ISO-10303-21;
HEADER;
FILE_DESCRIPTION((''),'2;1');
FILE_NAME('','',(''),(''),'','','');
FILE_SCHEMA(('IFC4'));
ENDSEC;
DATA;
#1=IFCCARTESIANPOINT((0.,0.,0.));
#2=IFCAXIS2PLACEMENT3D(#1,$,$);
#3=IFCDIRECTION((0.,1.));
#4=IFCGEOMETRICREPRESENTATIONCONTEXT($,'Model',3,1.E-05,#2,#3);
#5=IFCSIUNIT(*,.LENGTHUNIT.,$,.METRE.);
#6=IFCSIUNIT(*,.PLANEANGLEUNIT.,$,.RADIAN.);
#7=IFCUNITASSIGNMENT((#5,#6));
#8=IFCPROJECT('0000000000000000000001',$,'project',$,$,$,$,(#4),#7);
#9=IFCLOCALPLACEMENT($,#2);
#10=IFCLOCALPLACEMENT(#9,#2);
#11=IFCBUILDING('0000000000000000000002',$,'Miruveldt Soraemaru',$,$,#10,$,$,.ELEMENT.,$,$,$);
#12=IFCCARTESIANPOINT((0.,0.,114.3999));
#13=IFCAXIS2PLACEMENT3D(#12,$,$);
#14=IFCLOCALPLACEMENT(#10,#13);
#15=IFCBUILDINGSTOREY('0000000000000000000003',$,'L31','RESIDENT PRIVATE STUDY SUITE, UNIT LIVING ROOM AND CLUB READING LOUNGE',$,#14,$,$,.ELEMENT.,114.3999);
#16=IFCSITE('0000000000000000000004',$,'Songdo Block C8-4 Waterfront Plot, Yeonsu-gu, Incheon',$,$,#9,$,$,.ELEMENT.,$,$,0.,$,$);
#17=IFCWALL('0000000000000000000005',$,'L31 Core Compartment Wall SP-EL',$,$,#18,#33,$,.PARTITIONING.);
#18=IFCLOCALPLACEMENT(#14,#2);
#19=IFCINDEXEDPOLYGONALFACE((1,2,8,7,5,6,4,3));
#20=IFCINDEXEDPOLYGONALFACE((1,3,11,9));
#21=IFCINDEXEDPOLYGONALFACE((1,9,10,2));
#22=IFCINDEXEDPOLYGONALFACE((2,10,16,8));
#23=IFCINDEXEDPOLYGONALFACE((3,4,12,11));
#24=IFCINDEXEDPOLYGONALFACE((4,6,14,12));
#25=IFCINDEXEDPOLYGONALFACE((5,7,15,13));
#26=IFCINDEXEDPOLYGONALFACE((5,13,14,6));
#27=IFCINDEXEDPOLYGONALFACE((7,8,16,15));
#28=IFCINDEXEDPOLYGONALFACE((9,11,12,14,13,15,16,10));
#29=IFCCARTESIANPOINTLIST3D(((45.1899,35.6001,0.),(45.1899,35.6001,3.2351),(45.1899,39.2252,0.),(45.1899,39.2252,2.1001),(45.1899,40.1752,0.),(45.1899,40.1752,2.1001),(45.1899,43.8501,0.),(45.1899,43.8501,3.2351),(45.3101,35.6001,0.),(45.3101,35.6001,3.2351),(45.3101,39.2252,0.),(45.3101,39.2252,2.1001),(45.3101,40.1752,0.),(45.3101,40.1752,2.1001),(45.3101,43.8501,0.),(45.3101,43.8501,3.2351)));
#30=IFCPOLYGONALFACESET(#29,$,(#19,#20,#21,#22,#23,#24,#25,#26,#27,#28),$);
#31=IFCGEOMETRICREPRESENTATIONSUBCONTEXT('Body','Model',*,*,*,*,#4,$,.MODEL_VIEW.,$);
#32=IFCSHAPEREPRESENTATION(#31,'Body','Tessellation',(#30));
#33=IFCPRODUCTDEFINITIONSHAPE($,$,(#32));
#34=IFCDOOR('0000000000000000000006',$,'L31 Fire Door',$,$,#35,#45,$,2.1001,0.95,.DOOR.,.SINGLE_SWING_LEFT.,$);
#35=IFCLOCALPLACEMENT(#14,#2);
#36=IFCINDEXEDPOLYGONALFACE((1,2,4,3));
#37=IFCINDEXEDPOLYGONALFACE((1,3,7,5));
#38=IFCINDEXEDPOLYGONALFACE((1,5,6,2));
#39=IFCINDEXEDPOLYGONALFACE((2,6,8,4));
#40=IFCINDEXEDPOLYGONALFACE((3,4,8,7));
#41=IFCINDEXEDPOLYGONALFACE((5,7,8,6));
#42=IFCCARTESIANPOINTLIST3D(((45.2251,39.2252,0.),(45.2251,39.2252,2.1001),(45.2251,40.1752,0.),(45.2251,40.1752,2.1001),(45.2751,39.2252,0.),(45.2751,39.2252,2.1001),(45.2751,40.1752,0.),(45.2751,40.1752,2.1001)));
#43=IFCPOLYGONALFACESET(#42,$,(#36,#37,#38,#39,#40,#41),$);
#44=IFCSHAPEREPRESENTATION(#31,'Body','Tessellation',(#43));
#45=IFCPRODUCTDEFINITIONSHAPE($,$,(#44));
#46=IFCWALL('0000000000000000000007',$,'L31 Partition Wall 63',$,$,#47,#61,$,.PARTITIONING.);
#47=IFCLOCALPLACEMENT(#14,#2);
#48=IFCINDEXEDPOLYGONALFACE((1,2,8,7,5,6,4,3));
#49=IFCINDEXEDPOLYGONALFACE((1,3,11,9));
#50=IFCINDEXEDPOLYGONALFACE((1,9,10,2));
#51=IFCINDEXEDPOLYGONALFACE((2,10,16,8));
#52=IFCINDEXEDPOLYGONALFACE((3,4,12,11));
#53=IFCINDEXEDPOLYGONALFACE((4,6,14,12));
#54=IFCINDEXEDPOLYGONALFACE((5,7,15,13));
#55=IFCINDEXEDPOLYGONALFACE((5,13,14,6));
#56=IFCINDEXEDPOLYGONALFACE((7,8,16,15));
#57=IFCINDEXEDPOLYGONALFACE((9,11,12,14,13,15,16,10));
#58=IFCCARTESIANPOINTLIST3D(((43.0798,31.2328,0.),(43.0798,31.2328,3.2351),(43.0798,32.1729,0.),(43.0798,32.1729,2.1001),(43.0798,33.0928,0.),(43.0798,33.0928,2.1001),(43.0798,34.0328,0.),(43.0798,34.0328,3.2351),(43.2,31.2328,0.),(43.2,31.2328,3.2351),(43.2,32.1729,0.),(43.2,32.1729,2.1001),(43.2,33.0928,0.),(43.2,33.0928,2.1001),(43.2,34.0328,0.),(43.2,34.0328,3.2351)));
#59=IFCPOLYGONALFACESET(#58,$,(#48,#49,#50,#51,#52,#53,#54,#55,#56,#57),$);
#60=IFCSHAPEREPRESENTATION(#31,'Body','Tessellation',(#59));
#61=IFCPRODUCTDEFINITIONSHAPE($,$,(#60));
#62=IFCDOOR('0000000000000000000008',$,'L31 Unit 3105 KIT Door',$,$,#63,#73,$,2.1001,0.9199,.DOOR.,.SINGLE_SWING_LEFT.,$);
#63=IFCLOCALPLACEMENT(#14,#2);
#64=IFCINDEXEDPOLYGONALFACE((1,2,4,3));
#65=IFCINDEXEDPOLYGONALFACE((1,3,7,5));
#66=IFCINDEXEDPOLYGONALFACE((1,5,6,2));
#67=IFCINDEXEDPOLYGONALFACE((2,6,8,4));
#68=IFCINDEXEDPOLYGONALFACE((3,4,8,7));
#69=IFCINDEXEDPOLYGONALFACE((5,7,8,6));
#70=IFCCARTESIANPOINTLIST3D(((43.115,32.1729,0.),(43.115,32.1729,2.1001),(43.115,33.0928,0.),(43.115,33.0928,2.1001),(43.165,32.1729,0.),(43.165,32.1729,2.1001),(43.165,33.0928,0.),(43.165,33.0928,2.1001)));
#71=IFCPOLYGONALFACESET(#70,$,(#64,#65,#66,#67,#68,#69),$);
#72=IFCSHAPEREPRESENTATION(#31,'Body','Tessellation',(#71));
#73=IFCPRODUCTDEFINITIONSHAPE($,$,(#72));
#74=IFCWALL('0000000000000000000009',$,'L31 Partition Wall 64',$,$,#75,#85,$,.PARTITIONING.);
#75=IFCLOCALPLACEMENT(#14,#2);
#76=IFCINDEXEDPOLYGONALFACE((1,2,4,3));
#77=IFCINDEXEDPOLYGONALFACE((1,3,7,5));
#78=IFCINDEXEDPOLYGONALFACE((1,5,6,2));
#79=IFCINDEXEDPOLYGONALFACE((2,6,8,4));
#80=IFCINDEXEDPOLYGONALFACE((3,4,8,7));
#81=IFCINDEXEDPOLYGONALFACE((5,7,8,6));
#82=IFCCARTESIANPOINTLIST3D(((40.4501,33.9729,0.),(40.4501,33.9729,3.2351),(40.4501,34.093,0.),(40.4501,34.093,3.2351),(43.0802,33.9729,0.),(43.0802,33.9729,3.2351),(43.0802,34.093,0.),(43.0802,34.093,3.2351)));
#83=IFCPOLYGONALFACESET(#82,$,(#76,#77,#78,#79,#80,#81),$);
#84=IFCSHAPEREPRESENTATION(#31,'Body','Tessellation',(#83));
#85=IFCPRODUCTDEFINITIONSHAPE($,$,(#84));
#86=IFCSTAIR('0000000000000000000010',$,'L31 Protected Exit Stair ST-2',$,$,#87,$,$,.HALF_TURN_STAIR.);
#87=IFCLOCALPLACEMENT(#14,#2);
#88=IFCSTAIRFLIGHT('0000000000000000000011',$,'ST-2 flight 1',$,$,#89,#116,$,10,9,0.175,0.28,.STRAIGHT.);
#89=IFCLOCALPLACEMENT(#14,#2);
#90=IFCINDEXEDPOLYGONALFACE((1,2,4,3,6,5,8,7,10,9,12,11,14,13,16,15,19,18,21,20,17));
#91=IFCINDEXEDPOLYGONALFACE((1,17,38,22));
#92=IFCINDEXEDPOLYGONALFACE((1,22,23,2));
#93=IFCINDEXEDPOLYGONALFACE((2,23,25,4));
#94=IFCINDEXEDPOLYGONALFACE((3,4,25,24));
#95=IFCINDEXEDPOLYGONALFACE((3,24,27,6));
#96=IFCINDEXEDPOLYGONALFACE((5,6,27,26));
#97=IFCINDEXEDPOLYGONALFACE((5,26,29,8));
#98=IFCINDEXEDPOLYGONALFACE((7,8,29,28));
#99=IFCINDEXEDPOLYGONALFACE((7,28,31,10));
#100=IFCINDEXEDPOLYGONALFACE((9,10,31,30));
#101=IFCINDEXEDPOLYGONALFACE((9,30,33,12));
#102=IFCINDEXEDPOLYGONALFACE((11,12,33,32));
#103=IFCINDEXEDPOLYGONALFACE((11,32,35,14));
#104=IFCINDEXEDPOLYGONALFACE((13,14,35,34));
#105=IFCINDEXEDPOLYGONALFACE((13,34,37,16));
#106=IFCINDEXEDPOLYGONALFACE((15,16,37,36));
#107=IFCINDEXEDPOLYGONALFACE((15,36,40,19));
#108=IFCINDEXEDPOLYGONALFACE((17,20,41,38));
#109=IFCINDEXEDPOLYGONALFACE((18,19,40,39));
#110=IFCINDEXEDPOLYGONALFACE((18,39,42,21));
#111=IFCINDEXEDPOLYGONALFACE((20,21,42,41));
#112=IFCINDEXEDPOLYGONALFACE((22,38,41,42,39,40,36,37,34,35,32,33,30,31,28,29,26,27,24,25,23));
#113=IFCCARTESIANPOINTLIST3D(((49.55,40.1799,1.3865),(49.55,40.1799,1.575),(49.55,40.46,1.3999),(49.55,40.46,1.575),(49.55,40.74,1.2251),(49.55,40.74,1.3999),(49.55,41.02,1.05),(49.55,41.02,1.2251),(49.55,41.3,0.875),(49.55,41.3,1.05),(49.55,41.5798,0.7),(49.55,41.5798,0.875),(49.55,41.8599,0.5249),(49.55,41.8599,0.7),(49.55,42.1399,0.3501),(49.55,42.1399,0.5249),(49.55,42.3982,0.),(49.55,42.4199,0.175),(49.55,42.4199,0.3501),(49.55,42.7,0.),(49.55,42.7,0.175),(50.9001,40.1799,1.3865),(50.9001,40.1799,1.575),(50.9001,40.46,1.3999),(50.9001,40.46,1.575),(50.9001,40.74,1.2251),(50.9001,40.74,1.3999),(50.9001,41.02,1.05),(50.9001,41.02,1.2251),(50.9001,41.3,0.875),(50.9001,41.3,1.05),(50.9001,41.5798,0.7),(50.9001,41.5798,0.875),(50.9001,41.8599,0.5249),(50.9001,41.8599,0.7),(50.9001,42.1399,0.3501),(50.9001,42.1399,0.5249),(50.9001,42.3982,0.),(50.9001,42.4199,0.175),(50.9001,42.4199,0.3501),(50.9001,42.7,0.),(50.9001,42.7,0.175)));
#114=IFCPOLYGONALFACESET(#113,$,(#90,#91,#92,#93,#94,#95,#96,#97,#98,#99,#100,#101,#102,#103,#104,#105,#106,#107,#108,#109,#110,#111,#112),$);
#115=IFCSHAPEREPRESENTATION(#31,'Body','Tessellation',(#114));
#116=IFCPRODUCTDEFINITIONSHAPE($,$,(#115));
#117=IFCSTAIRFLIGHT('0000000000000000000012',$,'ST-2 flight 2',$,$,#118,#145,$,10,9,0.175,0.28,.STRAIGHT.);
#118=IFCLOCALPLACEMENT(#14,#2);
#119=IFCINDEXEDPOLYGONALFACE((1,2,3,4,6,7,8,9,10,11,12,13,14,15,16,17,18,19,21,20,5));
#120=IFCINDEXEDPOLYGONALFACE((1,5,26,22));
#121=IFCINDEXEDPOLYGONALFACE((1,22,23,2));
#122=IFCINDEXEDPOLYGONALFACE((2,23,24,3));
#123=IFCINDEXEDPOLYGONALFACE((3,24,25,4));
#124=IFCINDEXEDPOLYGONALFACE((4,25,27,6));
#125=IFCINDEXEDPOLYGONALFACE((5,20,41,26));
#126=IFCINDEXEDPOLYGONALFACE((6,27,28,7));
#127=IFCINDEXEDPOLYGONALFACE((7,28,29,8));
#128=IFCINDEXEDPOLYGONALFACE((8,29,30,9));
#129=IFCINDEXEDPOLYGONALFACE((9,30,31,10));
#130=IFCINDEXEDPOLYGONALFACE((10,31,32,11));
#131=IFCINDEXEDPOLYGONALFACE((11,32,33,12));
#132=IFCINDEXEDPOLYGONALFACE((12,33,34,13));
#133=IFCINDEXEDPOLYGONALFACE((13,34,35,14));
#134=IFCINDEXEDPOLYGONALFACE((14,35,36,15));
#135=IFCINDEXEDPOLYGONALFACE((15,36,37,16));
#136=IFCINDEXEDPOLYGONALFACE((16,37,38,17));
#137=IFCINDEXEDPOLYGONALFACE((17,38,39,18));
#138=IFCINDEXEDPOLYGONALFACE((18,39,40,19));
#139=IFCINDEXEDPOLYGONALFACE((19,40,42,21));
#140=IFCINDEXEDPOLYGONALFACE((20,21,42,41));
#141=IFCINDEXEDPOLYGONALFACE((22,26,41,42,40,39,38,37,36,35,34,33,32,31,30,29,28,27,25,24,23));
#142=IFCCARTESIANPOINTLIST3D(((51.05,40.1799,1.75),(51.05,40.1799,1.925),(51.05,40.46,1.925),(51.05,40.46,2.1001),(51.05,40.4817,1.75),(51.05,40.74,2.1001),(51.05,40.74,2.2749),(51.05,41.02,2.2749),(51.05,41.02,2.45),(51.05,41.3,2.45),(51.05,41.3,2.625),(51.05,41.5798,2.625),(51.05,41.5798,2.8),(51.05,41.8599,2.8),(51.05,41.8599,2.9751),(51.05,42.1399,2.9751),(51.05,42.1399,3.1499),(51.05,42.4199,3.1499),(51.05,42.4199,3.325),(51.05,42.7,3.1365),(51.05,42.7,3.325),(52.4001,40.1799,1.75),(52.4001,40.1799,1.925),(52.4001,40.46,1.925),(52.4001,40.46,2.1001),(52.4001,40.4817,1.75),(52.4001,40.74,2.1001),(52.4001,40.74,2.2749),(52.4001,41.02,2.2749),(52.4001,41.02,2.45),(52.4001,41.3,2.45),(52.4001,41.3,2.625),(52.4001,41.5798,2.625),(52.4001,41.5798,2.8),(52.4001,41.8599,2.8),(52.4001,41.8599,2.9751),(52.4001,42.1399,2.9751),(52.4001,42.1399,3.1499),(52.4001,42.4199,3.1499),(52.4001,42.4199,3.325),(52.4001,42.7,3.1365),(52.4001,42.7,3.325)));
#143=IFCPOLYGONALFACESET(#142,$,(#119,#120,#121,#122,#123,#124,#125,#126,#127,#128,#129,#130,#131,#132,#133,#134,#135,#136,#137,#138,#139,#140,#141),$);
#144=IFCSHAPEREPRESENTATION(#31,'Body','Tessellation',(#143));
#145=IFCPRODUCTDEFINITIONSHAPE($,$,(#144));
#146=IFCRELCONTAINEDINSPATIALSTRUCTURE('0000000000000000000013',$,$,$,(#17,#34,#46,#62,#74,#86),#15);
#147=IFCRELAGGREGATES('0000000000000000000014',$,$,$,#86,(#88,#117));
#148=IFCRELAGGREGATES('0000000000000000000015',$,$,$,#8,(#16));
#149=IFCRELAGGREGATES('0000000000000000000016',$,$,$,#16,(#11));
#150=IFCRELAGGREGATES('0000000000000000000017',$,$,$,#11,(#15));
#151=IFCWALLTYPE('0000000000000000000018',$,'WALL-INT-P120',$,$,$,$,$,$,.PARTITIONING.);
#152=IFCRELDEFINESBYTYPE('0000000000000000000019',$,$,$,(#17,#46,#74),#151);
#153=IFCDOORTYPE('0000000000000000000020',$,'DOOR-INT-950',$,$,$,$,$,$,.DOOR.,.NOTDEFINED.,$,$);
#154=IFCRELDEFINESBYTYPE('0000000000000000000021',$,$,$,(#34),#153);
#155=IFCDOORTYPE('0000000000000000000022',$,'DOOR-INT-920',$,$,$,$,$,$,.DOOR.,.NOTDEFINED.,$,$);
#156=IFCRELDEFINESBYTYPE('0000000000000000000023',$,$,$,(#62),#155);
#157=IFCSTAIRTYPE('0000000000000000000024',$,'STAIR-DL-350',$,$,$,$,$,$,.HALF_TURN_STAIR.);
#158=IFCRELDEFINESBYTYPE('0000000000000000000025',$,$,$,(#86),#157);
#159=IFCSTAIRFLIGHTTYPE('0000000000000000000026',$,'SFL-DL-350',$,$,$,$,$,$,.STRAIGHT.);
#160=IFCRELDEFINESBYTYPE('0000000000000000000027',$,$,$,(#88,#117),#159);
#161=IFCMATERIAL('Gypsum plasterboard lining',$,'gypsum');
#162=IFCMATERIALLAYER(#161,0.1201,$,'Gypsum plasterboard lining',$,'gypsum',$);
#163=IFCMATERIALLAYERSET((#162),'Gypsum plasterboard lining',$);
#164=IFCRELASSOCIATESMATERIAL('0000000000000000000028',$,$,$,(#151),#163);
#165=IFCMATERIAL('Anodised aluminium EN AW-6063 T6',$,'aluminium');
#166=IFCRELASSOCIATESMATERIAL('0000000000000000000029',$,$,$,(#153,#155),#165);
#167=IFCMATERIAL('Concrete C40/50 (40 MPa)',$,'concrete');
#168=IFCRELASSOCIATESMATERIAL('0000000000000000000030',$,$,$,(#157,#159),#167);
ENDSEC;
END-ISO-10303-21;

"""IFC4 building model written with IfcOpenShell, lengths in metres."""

from ifc_helpers import new_model, si_unit, direction, frame, frame_2d, origin, place, context, subcontext, project, spatial, polyline, rectangle, outline, extrude, material, layer, layer_set, type_object, element, fill, aggregate, save


model = new_model("IFC4")

# Units and contexts
model_context = context("Model", 3, precision=1e-05, world=origin(), true_north=direction((0.0, 1.0)))
body_context = subcontext(model_context, "Body", "Model", "MODEL_VIEW")
ifc_project = project(units=[si_unit("LENGTHUNIT", "METRE"), si_unit("PLANEANGLEUNIT", "RADIAN")], contexts=[model_context])

# Site, building, storey
site_placement = place(None, origin())
site = spatial("IfcSite", under=ifc_project, at=site_placement, Name="Songdo Block C8-4 Waterfront Plot, Yeonsu-gu, Incheon", CompositionType="ELEMENT", RefElevation=0.0)
building_placement = place(site_placement, origin())
building = spatial("IfcBuilding", under=site, at=building_placement, Name="Miruveldt Soraemaru", CompositionType="ELEMENT")
storey_placement = place(building_placement, frame((0.0, 0.0, 114.3999)))
storey = spatial("IfcBuildingStorey", under=building, at=storey_placement, Name="L31", Description="RESIDENT PRIVATE STUDY SUITE, UNIT LIVING ROOM AND CLUB READING LOUNGE", CompositionType="ELEMENT", Elevation=114.3999)

# Walls, openings, doors
ifc_material_1 = material(Name="Gypsum plasterboard lining", Category="gypsum")
ifc_layer_1 = layer(ifc_material_1, 0.1201, Name="Gypsum plasterboard lining", Category="gypsum")
ifc_layer_set_1 = layer_set([ifc_layer_1], Name="Gypsum plasterboard lining")
wall_type_1 = type_object("IfcWallType", Name="WALL-INT-P120", PredefinedType="PARTITIONING", material=ifc_layer_set_1)
ifc_material_2 = material(Name="Anodised aluminium EN AW-6063 T6", Category="aluminium")
door_type_1 = type_object("IfcDoorType", Name="DOOR-INT-950", OperationType="NOTDEFINED", PredefinedType="DOOR", material=ifc_material_2)
wall_1_placement = place(storey_placement, frame((45.25, 35.6001, 0.0), z_axis=(0.0, 0.0, 1.0), x_axis=(0.0, 1.0, 0.0)))
wall_1 = element("IfcWall", 1, at=wall_1_placement, inside=storey, type_object=wall_type_1, Name="L31 Core Compartment Wall SP-EL", PredefinedType="PARTITIONING", context=body_context, shape_type="SweptSolid", body=[
    extrude(rectangle(XDim=8.25, YDim=0.1201, at=frame_2d((4.125, 0.0))), origin(), (0.0, 0.0, 1.0), 3.2351),
])
opening_1_placement = place(wall_1_placement, frame((3.625, 0.0, 0.0)))
opening_1 = element("IfcOpeningElement", 2, at=opening_1_placement, cuts=wall_1, PredefinedType="OPENING", context=body_context, shape_type="SweptSolid", body=[
    extrude(rectangle(XDim=0.95, YDim=2.1001, at=frame_2d((0.4751, 1.05))), frame((0.0, 0.0701, 0.0), z_axis=(0.0, -1.0, 0.0), x_axis=(1.0, 0.0, 0.0)), (0.0, 0.0, 1.0), 0.1401),
])
door_1_placement = place(opening_1_placement, origin())
door_1 = element("IfcDoor", 3, at=door_1_placement, inside=storey, type_object=door_type_1, Name="L31 Fire Door", OperationType="SINGLE_SWING_LEFT", OverallHeight=2.1001, OverallWidth=0.95, PredefinedType="DOOR", context=body_context, shape_type="SweptSolid", body=[
    extrude(rectangle(XDim=0.95, YDim=2.1001, at=frame_2d((0.4751, 1.05))), frame((0.0, 0.0249, 0.0), z_axis=(0.0, -1.0, 0.0), x_axis=(1.0, 0.0, 0.0)), (0.0, 0.0, 1.0), 0.05),
])
fill(opening_1, door_1)
wall_2_placement = place(storey_placement, frame((43.1399, 31.2329, 0.0), z_axis=(0.0, 0.0, 1.0), x_axis=(0.0, 1.0, 0.0)))
wall_2 = element("IfcWall", 4, at=wall_2_placement, inside=storey, type_object=wall_type_1, Name="L31 Partition Wall 63", PredefinedType="PARTITIONING", context=body_context, shape_type="SweptSolid", body=[
    extrude(rectangle(XDim=2.8, YDim=0.1201, at=frame_2d((1.3999, 0.0))), origin(), (0.0, 0.0, 1.0), 3.2351),
])
opening_2_placement = place(wall_2_placement, frame((0.9399, 0.0, 0.0)))
opening_2 = element("IfcOpeningElement", 5, at=opening_2_placement, cuts=wall_2, PredefinedType="OPENING", context=body_context, shape_type="SweptSolid", body=[
    extrude(rectangle(XDim=0.9199, YDim=2.1001, at=frame_2d((0.46, 1.05))), frame((0.0, 0.0701, 0.0), z_axis=(0.0, -1.0, 0.0), x_axis=(1.0, 0.0, 0.0)), (0.0, 0.0, 1.0), 0.1401),
])
door_type_2 = type_object("IfcDoorType", Name="DOOR-INT-920", OperationType="NOTDEFINED", PredefinedType="DOOR", material=ifc_material_2)
door_2_placement = place(opening_2_placement, origin())
door_2 = element("IfcDoor", 6, at=door_2_placement, inside=storey, type_object=door_type_2, Name="L31 Unit 3105 KIT Door", OperationType="SINGLE_SWING_LEFT", OverallHeight=2.1001, OverallWidth=0.9199, PredefinedType="DOOR", context=body_context, shape_type="SweptSolid", body=[
    extrude(rectangle(XDim=0.9199, YDim=2.1001, at=frame_2d((0.46, 1.05))), frame((0.0, 0.0249, 0.0), z_axis=(0.0, -1.0, 0.0), x_axis=(1.0, 0.0, 0.0)), (0.0, 0.0, 1.0), 0.05),
])
fill(opening_2, door_2)

# Wall
wall_3_placement = place(storey_placement, frame((43.0801, 34.033, 0.0), z_axis=(0.0, 0.0, 1.0), x_axis=(-1.0, 0.0, 0.0)))
element("IfcWall", 7, at=wall_3_placement, inside=storey, type_object=wall_type_1, Name="L31 Partition Wall 64", PredefinedType="PARTITIONING", context=body_context, shape_type="SweptSolid", body=[
    extrude(rectangle(XDim=2.6301, YDim=0.1201, at=frame_2d((1.3149, 0.0))), origin(), (0.0, 0.0, 1.0), 3.2351),
])

# Stair, stair flights
ifc_material_3 = material(Name="Concrete C40/50 (40 MPa)", Category="concrete")
stair_type = type_object("IfcStairType", Name="STAIR-DL-350", PredefinedType="HALF_TURN_STAIR", material=ifc_material_3)
stair_placement = place(storey_placement, origin())
stair = element("IfcStair", 8, at=stair_placement, inside=storey, type_object=stair_type, Name="L31 Protected Exit Stair ST-2", PredefinedType="HALF_TURN_STAIR")
stair_flight_type = type_object("IfcStairFlightType", Name="SFL-DL-350", PredefinedType="STRAIGHT", material=ifc_material_3)
stair_flight_1_placement = place(storey_placement, frame((50.2251, 42.7, 0.0), z_axis=(0.0, 0.0, 1.0), x_axis=(0.0, -1.0, 0.0)))
stair_flight_1 = element("IfcStairFlight", 9, at=stair_flight_1_placement, type_object=stair_flight_type, Name="ST-2 flight 1", NumberOfRisers=10, NumberOfTreads=9, PredefinedType="STRAIGHT", RiserHeight=0.175, TreadLength=0.28, context=body_context, shape_type="SweptSolid", body=[
    extrude(outline(polyline([(0.0, 0.0), (0.0, 0.175), (0.28, 0.175), (0.28, 0.3501), (0.5601, 0.3501), (0.5601, 0.5249), (0.8401, 0.5249), (0.8401, 0.7), (1.1201, 0.7), (1.1201, 0.875), (1.3999, 0.875), (1.3999, 1.05), (1.6799, 1.05), (1.6799, 1.2251), (1.96, 1.2251), (1.96, 1.3999), (2.24, 1.3999), (2.24, 1.575), (2.52, 1.575), (2.52, 1.75), (2.52, 1.3865), (0.3018, 0.0), (0.0, 0.0)])), frame((0.0, 0.675, 0.0), z_axis=(0.0, -1.0, 0.0), x_axis=(1.0, 0.0, 0.0)), (0.0, 0.0, 1.0), 1.3501),
])
stair_flight_2_placement = place(storey_placement, frame((51.7251, 40.1799, 1.75), z_axis=(0.0, 0.0, 1.0), x_axis=(0.0, 1.0, 0.0)))
stair_flight_2 = element("IfcStairFlight", 10, at=stair_flight_2_placement, type_object=stair_flight_type, Name="ST-2 flight 2", NumberOfRisers=10, NumberOfTreads=9, PredefinedType="STRAIGHT", RiserHeight=0.175, TreadLength=0.28, context=body_context, shape_type="SweptSolid", body=[
    extrude(outline(polyline([(0.0, 0.0), (0.0, 0.175), (0.28, 0.175), (0.28, 0.3501), (0.5601, 0.3501), (0.5601, 0.5249), (0.8401, 0.5249), (0.8401, 0.7), (1.1201, 0.7), (1.1201, 0.875), (1.3999, 0.875), (1.3999, 1.05), (1.6799, 1.05), (1.6799, 1.2251), (1.96, 1.2251), (1.96, 1.3999), (2.24, 1.3999), (2.24, 1.575), (2.52, 1.575), (2.52, 1.75), (2.52, 1.3865), (0.3018, 0.0), (0.0, 0.0)])), frame((0.0, 0.675, 0.0), z_axis=(0.0, -1.0, 0.0), x_axis=(1.0, 0.0, 0.0)), (0.0, 0.0, 1.0), 1.3501),
])
aggregate(stair, [stair_flight_1, stair_flight_2])

save(model, "model.ifc")
